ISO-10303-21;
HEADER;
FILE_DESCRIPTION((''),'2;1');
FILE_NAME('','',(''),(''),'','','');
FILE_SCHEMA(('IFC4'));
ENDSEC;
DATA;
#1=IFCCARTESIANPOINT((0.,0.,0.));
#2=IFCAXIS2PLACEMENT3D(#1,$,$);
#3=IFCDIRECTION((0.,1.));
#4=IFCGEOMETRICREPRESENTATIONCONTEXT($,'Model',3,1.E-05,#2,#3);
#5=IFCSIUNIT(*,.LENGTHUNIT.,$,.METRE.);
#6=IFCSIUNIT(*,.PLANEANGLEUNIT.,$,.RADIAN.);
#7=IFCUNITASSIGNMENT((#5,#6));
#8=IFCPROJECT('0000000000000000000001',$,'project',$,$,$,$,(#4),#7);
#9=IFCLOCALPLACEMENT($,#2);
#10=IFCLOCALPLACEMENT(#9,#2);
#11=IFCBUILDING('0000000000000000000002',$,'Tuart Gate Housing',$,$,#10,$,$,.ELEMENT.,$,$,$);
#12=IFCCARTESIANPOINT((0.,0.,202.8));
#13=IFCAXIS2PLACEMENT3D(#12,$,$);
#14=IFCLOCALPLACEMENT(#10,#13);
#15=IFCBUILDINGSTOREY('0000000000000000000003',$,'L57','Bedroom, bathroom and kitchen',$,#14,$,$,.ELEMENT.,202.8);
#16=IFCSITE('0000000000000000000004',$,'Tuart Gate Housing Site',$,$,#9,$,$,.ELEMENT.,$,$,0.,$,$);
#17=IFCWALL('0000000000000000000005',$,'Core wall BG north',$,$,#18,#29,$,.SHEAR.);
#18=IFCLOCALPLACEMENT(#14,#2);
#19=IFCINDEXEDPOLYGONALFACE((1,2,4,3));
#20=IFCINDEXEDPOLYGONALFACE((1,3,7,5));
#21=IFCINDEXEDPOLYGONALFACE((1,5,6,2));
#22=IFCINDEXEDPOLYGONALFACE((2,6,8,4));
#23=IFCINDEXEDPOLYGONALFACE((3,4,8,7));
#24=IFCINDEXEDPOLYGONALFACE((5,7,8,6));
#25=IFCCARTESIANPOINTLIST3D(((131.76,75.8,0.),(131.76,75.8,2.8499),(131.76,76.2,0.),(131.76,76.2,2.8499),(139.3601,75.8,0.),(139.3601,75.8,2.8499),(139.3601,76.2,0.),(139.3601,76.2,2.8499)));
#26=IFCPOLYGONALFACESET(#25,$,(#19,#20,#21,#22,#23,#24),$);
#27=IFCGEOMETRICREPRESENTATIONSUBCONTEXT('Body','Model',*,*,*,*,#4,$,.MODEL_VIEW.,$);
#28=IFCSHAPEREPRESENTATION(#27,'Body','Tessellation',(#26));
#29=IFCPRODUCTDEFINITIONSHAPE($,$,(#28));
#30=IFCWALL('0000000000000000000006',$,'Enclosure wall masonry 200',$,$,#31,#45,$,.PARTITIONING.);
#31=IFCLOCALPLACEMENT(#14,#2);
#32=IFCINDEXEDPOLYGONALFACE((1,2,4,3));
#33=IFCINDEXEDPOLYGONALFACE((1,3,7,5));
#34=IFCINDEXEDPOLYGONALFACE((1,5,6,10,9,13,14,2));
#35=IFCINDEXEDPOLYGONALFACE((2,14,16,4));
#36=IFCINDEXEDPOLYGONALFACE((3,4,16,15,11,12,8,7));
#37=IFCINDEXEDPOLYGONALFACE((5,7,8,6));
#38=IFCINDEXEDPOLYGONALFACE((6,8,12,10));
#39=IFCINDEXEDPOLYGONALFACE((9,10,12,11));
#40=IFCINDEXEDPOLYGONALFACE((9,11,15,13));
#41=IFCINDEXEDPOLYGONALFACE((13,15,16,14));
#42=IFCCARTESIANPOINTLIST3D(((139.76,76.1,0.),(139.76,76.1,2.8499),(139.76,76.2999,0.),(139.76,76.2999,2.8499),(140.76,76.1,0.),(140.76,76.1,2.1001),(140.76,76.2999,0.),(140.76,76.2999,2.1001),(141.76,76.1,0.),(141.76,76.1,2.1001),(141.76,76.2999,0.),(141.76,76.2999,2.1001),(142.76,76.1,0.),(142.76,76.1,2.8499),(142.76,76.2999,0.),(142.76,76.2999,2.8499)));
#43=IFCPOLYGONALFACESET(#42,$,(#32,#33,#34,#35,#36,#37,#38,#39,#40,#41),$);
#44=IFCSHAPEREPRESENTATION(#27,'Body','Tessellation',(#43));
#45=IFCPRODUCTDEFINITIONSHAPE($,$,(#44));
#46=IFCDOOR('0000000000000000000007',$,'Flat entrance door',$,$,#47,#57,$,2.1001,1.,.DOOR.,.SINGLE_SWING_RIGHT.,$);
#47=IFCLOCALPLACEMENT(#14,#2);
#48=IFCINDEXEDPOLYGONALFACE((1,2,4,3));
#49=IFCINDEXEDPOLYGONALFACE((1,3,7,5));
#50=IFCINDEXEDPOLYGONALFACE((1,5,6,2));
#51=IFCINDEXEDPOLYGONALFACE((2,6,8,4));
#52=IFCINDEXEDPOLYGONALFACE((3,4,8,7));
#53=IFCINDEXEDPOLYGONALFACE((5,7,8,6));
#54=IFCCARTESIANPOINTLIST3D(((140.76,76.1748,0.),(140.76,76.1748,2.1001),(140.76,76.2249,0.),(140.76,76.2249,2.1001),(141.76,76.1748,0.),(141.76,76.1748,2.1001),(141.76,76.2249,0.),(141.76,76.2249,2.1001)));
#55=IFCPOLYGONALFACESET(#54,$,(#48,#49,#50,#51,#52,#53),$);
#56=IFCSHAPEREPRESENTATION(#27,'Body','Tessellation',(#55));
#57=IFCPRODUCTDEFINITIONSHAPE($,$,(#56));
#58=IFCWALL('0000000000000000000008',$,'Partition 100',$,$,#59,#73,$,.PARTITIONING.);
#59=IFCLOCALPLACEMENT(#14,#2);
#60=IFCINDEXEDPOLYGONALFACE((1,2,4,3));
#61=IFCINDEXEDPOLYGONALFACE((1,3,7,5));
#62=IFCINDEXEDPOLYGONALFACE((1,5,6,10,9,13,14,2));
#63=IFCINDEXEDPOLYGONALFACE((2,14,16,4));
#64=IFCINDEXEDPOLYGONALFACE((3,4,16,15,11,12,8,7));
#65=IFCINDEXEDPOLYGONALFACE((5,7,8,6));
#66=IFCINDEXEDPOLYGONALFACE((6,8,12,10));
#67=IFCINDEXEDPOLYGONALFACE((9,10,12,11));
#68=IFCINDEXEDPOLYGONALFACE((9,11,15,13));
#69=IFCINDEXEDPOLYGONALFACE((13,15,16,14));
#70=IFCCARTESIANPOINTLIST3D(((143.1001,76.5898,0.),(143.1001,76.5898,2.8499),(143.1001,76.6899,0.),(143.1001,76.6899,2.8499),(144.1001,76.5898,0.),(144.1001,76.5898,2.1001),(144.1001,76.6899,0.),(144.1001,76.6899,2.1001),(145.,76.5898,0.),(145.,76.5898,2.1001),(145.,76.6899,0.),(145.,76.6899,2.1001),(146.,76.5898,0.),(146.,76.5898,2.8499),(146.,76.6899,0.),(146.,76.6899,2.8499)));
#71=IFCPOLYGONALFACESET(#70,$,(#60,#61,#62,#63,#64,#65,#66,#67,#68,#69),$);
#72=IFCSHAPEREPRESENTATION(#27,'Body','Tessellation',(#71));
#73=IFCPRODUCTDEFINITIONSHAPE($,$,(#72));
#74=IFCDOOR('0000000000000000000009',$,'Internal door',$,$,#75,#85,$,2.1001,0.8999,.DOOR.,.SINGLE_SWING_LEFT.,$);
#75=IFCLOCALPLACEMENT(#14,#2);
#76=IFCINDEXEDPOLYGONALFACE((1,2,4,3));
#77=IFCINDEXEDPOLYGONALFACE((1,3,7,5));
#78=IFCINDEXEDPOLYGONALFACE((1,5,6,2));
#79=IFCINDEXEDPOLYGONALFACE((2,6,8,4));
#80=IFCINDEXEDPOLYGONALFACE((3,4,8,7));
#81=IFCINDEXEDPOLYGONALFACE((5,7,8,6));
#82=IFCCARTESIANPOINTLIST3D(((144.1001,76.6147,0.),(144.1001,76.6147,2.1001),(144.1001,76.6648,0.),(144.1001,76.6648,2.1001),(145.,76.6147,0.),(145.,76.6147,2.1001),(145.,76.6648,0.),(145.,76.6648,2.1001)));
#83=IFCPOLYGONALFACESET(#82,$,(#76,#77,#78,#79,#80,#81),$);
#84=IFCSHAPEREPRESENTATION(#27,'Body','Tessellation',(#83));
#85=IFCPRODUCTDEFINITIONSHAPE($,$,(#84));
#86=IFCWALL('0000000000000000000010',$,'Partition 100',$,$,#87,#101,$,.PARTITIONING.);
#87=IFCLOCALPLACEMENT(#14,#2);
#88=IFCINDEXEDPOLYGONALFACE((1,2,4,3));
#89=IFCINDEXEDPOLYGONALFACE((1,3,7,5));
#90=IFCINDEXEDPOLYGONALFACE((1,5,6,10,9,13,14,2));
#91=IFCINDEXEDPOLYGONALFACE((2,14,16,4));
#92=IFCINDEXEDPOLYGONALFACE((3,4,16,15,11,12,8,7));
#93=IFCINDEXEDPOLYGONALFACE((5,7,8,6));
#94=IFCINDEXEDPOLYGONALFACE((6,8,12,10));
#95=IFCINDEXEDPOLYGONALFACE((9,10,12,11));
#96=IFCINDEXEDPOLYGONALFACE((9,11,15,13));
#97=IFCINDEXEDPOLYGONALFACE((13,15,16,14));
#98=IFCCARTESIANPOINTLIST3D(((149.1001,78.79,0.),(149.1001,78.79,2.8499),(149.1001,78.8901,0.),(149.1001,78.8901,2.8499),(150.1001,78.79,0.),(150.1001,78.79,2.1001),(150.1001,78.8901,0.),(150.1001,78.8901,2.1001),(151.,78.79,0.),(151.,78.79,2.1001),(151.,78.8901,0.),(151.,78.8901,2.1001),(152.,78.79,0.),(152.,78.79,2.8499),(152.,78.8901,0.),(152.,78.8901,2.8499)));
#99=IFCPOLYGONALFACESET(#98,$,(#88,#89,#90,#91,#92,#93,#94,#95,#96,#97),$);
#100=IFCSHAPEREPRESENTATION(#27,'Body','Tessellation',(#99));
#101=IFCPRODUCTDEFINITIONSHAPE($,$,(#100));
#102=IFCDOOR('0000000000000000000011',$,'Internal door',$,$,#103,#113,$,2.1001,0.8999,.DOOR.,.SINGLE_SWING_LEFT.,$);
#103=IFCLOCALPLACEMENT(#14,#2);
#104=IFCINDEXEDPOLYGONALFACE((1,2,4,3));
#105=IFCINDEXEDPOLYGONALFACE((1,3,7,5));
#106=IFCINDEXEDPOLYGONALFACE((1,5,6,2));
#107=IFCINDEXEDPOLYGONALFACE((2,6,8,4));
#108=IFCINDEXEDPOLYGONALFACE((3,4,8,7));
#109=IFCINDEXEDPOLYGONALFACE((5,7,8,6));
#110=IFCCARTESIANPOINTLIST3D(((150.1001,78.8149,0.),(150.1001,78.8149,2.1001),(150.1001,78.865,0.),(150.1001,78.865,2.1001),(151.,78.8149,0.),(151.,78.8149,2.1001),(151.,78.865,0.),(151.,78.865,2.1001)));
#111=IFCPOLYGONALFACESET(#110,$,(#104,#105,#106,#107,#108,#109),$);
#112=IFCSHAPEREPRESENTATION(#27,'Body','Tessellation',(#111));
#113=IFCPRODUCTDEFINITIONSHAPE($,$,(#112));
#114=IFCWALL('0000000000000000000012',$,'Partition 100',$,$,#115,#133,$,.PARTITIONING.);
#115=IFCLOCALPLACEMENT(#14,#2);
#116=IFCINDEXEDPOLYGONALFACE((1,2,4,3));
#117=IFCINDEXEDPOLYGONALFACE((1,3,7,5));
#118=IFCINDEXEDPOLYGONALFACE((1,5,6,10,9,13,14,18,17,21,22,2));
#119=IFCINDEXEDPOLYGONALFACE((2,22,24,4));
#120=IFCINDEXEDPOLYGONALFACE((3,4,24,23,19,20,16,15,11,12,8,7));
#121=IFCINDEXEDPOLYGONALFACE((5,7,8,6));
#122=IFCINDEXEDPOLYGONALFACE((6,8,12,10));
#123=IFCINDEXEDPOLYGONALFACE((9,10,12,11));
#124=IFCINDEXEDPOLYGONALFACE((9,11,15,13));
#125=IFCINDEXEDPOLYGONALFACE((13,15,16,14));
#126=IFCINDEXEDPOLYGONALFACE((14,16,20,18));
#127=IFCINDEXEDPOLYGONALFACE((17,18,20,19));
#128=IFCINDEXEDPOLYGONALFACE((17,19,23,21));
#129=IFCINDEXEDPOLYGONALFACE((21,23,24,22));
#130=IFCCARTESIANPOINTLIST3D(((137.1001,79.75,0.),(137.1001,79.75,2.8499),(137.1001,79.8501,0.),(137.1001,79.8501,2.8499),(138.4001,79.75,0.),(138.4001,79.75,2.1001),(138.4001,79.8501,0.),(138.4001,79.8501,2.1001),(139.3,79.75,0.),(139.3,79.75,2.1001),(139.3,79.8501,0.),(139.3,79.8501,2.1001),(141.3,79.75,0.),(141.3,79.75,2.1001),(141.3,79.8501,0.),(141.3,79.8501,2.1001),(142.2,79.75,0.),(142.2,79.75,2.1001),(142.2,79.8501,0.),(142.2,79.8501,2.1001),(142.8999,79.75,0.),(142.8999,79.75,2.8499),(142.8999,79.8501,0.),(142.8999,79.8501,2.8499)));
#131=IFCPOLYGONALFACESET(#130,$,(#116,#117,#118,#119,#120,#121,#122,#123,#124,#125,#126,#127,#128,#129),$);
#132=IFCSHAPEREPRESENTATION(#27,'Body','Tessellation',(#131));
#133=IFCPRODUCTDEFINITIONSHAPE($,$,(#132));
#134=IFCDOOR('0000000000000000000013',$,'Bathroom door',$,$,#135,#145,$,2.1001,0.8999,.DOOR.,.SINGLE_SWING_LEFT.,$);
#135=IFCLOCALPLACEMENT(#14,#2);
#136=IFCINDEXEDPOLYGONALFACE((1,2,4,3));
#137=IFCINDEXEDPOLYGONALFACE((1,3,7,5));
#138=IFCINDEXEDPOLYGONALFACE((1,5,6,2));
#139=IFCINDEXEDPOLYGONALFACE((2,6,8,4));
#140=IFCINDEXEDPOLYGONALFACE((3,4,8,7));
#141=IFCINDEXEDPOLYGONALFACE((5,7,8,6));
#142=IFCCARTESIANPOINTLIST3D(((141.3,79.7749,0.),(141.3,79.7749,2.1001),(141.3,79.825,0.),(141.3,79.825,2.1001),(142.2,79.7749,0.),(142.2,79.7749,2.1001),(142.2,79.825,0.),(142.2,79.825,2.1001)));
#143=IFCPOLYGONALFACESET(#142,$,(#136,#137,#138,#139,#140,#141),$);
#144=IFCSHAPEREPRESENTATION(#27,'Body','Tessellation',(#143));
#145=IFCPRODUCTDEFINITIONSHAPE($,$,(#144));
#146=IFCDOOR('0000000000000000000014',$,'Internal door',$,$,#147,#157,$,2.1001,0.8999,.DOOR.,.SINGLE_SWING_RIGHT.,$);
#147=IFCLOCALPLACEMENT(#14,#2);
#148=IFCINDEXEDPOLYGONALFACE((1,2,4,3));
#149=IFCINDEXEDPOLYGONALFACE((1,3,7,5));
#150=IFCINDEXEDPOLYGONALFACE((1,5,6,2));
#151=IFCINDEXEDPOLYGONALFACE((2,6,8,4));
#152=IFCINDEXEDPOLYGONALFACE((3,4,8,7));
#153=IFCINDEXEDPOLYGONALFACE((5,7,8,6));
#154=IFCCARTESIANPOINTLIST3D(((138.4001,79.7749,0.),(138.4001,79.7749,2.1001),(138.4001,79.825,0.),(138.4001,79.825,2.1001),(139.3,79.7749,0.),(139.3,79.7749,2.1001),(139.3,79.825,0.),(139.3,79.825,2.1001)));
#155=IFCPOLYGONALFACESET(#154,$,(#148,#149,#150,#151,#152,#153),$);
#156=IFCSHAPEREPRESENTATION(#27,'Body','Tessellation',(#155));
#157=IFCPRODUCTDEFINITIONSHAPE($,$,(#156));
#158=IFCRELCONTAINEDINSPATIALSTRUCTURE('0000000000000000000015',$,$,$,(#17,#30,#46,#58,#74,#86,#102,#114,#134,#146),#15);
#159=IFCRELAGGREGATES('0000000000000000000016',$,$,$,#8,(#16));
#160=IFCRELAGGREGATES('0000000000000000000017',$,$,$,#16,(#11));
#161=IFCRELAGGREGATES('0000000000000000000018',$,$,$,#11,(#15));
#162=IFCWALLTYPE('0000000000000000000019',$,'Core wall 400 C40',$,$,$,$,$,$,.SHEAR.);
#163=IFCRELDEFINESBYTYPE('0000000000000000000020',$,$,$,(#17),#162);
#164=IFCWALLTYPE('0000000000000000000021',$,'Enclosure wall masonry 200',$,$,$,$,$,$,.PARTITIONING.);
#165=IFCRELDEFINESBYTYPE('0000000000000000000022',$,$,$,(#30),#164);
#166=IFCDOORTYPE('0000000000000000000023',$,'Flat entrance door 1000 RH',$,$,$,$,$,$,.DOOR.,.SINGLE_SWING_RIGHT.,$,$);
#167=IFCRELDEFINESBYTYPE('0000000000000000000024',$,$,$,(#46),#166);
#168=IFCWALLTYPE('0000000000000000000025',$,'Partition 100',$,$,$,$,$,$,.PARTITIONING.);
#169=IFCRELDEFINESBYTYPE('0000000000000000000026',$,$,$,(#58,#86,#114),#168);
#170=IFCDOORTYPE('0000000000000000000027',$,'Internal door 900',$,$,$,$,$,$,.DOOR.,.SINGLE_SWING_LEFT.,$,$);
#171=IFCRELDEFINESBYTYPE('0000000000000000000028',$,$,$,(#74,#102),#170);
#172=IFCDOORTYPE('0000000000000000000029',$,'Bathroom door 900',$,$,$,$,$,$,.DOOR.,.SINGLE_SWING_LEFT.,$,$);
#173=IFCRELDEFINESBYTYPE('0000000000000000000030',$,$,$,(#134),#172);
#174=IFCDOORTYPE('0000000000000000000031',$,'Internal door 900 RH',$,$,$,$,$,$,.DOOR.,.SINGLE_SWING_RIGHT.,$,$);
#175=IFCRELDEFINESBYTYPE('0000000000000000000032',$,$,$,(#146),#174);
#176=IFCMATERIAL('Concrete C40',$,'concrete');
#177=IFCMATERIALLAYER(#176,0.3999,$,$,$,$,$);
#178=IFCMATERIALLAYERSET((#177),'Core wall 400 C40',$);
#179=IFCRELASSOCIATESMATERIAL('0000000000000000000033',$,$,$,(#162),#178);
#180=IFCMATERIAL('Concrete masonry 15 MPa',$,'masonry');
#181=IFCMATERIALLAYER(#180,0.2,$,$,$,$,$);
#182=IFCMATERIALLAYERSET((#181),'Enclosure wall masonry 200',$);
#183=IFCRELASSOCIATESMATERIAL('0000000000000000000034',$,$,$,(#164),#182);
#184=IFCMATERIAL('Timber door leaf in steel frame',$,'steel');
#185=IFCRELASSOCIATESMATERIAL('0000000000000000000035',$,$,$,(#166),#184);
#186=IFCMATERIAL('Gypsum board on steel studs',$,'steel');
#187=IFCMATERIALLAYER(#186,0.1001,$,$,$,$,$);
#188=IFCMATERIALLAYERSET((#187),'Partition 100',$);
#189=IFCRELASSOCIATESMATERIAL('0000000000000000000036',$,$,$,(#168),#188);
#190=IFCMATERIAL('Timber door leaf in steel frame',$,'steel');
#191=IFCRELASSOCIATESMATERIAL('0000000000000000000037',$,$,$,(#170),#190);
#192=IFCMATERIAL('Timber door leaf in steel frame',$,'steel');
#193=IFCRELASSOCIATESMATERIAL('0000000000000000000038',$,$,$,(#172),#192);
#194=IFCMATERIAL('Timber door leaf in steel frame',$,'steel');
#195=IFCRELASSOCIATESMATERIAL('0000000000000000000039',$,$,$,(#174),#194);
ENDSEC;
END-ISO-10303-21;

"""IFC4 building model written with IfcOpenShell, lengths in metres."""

from ifc_helpers import new_model, si_unit, direction, frame, frame_2d, origin, place, context, subcontext, project, spatial, rectangle, extrude, material, layer, layer_set, type_object, element, fill, save


model = new_model("IFC4")

# Units and contexts
model_context = context("Model", 3, precision=1e-05, world=origin(), true_north=direction((0.0, 1.0)))
body_context = subcontext(model_context, "Body", "Model", "MODEL_VIEW")
ifc_project = project(units=[si_unit("LENGTHUNIT", "METRE"), si_unit("PLANEANGLEUNIT", "RADIAN")], contexts=[model_context])

# Site, building, storey
site_placement = place(None, origin())
site = spatial("IfcSite", under=ifc_project, at=site_placement, Name="Tuart Gate Housing Site", CompositionType="ELEMENT", RefElevation=0.0)
building_placement = place(site_placement, origin())
building = spatial("IfcBuilding", under=site, at=building_placement, Name="Tuart Gate Housing", CompositionType="ELEMENT")
storey_placement = place(building_placement, frame((0.0, 0.0, 202.8)))
storey = spatial("IfcBuildingStorey", under=building, at=storey_placement, Name="L57", Description="Bedroom, bathroom and kitchen", CompositionType="ELEMENT", Elevation=202.8)

# Wall
ifc_material_1 = material(Name="Concrete C40", Category="concrete")
ifc_layer_1 = layer(ifc_material_1, 0.3999)
ifc_layer_set_1 = layer_set([ifc_layer_1], Name="Core wall 400 C40")
wall_type_1 = type_object("IfcWallType", Name="Core wall 400 C40", PredefinedType="SHEAR", material=ifc_layer_set_1)
wall_1_placement = place(storey_placement, frame((139.3601, 76.0, 0.0), z_axis=(0.0, 0.0, 1.0), x_axis=(-1.0, 0.0, 0.0)))
element("IfcWall", 1, at=wall_1_placement, inside=storey, type_object=wall_type_1, Name="Core wall BG north", PredefinedType="SHEAR", context=body_context, shape_type="SweptSolid", body=[
    extrude(rectangle(XDim=7.6001, YDim=0.3999, at=frame_2d((3.8, 0.0))), origin(), (0.0, 0.0, 1.0), 2.8499),
])

# Walls, openings, doors
ifc_material_2 = material(Name="Concrete masonry 15 MPa", Category="masonry")
ifc_layer_2 = layer(ifc_material_2, 0.2)
ifc_layer_set_2 = layer_set([ifc_layer_2], Name="Enclosure wall masonry 200")
wall_type_2 = type_object("IfcWallType", Name="Enclosure wall masonry 200", PredefinedType="PARTITIONING", material=ifc_layer_set_2)
wall_2_placement = place(storey_placement, frame((139.76, 76.2, 0.0), z_axis=(0.0, 0.0, 1.0), x_axis=(1.0, 0.0, 0.0)))
wall_2 = element("IfcWall", 2, at=wall_2_placement, inside=storey, type_object=wall_type_2, Name="Enclosure wall masonry 200", PredefinedType="PARTITIONING", context=body_context, shape_type="SweptSolid", body=[
    extrude(rectangle(XDim=3.0, YDim=0.2, at=frame_2d((1.5, 0.0))), origin(), (0.0, 0.0, 1.0), 2.8499),
])
opening_1_placement = place(wall_2_placement, frame((1.0, 0.0, 0.0)))
opening_1 = element("IfcOpeningElement", 3, at=opening_1_placement, cuts=wall_2, PredefinedType="OPENING", context=body_context, shape_type="SweptSolid", body=[
    extrude(rectangle(XDim=1.0, YDim=2.1001, at=frame_2d((0.5, 1.05))), frame((0.0, 0.1099, 0.0), z_axis=(0.0, -1.0, 0.0), x_axis=(1.0, 0.0, 0.0)), (0.0, 0.0, 1.0), 0.22),
])
ifc_material_3 = material(Name="Timber door leaf in steel frame", Category="steel")
door_type_1 = type_object("IfcDoorType", Name="Flat entrance door 1000 RH", OperationType="SINGLE_SWING_RIGHT", PredefinedType="DOOR", material=ifc_material_3)
door_1_placement = place(opening_1_placement, origin())
door_1 = element("IfcDoor", 4, at=door_1_placement, inside=storey, type_object=door_type_1, Name="Flat entrance door", OperationType="SINGLE_SWING_RIGHT", OverallHeight=2.1001, OverallWidth=1.0, PredefinedType="DOOR", context=body_context, shape_type="SweptSolid", body=[
    extrude(rectangle(XDim=1.0, YDim=2.1001, at=frame_2d((0.5, 1.05))), frame((0.0, 0.0249, 0.0), z_axis=(0.0, -1.0, 0.0), x_axis=(1.0, 0.0, 0.0)), (0.0, 0.0, 1.0), 0.05),
])
fill(opening_1, door_1)
ifc_material_4 = material(Name="Gypsum board on steel studs", Category="steel")
ifc_layer_3 = layer(ifc_material_4, 0.1001)
ifc_layer_set_3 = layer_set([ifc_layer_3], Name="Partition 100")
wall_type_3 = type_object("IfcWallType", Name="Partition 100", PredefinedType="PARTITIONING", material=ifc_layer_set_3)
wall_3_placement = place(storey_placement, frame((143.1001, 76.6399, 0.0), z_axis=(0.0, 0.0, 1.0), x_axis=(1.0, 0.0, 0.0)))
wall_3 = element("IfcWall", 5, at=wall_3_placement, inside=storey, type_object=wall_type_3, Name="Partition 100", PredefinedType="PARTITIONING", context=body_context, shape_type="SweptSolid", body=[
    extrude(rectangle(XDim=2.8999, YDim=0.1001, at=frame_2d((1.45, 0.0))), origin(), (0.0, 0.0, 1.0), 2.8499),
])
opening_2_placement = place(wall_3_placement, frame((1.0, 0.0, 0.0)))
opening_2 = element("IfcOpeningElement", 6, at=opening_2_placement, cuts=wall_3, PredefinedType="OPENING", context=body_context, shape_type="SweptSolid", body=[
    extrude(rectangle(XDim=0.8999, YDim=2.1001, at=frame_2d((0.45, 1.05))), frame((0.0, 0.0601, 0.0), z_axis=(0.0, -1.0, 0.0), x_axis=(1.0, 0.0, 0.0)), (0.0, 0.0, 1.0), 0.1201),
])
ifc_material_5 = material(Name="Timber door leaf in steel frame", Category="steel")
door_type_2 = type_object("IfcDoorType", Name="Internal door 900", OperationType="SINGLE_SWING_LEFT", PredefinedType="DOOR", material=ifc_material_5)
door_2_placement = place(opening_2_placement, frame((0.8999, 0.0, 0.0), z_axis=(0.0, 0.0, 1.0), x_axis=(-1.0, 0.0, 0.0)))
door_2 = element("IfcDoor", 7, at=door_2_placement, inside=storey, type_object=door_type_2, Name="Internal door", OperationType="SINGLE_SWING_LEFT", OverallHeight=2.1001, OverallWidth=0.8999, PredefinedType="DOOR", context=body_context, shape_type="SweptSolid", body=[
    extrude(rectangle(XDim=0.8999, YDim=2.1001, at=frame_2d((0.45, 1.05))), frame((0.0, 0.0251, 0.0), z_axis=(0.0, -1.0, 0.0), x_axis=(1.0, 0.0, 0.0)), (0.0, 0.0, 1.0), 0.05),
])
fill(opening_2, door_2)
wall_4_placement = place(storey_placement, frame((149.1001, 78.8401, 0.0), z_axis=(0.0, 0.0, 1.0), x_axis=(1.0, 0.0, 0.0)))
wall_4 = element("IfcWall", 8, at=wall_4_placement, inside=storey, type_object=wall_type_3, Name="Partition 100", PredefinedType="PARTITIONING", context=body_context, shape_type="SweptSolid", body=[
    extrude(rectangle(XDim=2.8999, YDim=0.1001, at=frame_2d((1.45, 0.0))), origin(), (0.0, 0.0, 1.0), 2.8499),
])
opening_3_placement = place(wall_4_placement, frame((1.0, 0.0, 0.0)))
opening_3 = element("IfcOpeningElement", 9, at=opening_3_placement, cuts=wall_4, PredefinedType="OPENING", context=body_context, shape_type="SweptSolid", body=[
    extrude(rectangle(XDim=0.8999, YDim=2.1001, at=frame_2d((0.45, 1.05))), frame((0.0, 0.0601, 0.0), z_axis=(0.0, -1.0, 0.0), x_axis=(1.0, 0.0, 0.0)), (0.0, 0.0, 1.0), 0.1201),
])
door_3_placement = place(opening_3_placement, frame((0.8999, 0.0, 0.0), z_axis=(0.0, 0.0, 1.0), x_axis=(-1.0, 0.0, 0.0)))
door_3 = element("IfcDoor", 10, at=door_3_placement, inside=storey, type_object=door_type_2, Name="Internal door", OperationType="SINGLE_SWING_LEFT", OverallHeight=2.1001, OverallWidth=0.8999, PredefinedType="DOOR", context=body_context, shape_type="SweptSolid", body=[
    extrude(rectangle(XDim=0.8999, YDim=2.1001, at=frame_2d((0.45, 1.05))), frame((0.0, 0.0251, 0.0), z_axis=(0.0, -1.0, 0.0), x_axis=(1.0, 0.0, 0.0)), (0.0, 0.0, 1.0), 0.05),
])
fill(opening_3, door_3)

# Wall, openings, doors
wall_5_placement = place(storey_placement, frame((137.1001, 79.8, 0.0), z_axis=(0.0, 0.0, 1.0), x_axis=(1.0, 0.0, 0.0)))
wall_5 = element("IfcWall", 11, at=wall_5_placement, inside=storey, type_object=wall_type_3, Name="Partition 100", PredefinedType="PARTITIONING", context=body_context, shape_type="SweptSolid", body=[
    extrude(rectangle(XDim=5.7998, YDim=0.1001, at=frame_2d((2.8999, 0.0))), origin(), (0.0, 0.0, 1.0), 2.8499),
])
opening_4_placement = place(wall_5_placement, frame((1.3, 0.0, 0.0)))
opening_4 = element("IfcOpeningElement", 12, at=opening_4_placement, cuts=wall_5, PredefinedType="OPENING", context=body_context, shape_type="SweptSolid", body=[
    extrude(rectangle(XDim=0.8999, YDim=2.1001, at=frame_2d((0.45, 1.05))), frame((0.0, 0.0601, 0.0), z_axis=(0.0, -1.0, 0.0), x_axis=(1.0, 0.0, 0.0)), (0.0, 0.0, 1.0), 0.1201),
])
opening_5_placement = place(wall_5_placement, frame((4.2, 0.0, 0.0)))
opening_5 = element("IfcOpeningElement", 13, at=opening_5_placement, cuts=wall_5, PredefinedType="OPENING", context=body_context, shape_type="SweptSolid", body=[
    extrude(rectangle(XDim=0.8999, YDim=2.1001, at=frame_2d((0.45, 1.05))), frame((0.0, 0.0601, 0.0), z_axis=(0.0, -1.0, 0.0), x_axis=(1.0, 0.0, 0.0)), (0.0, 0.0, 1.0), 0.1201),
])
ifc_material_6 = material(Name="Timber door leaf in steel frame", Category="steel")
door_type_3 = type_object("IfcDoorType", Name="Bathroom door 900", OperationType="SINGLE_SWING_LEFT", PredefinedType="DOOR", material=ifc_material_6)
door_4_placement = place(opening_5_placement, origin())
door_4 = element("IfcDoor", 14, at=door_4_placement, inside=storey, type_object=door_type_3, Name="Bathroom door", OperationType="SINGLE_SWING_LEFT", OverallHeight=2.1001, OverallWidth=0.8999, PredefinedType="DOOR", context=body_context, shape_type="SweptSolid", body=[
    extrude(rectangle(XDim=0.8999, YDim=2.1001, at=frame_2d((0.45, 1.05))), frame((0.0, 0.0249, 0.0), z_axis=(0.0, -1.0, 0.0), x_axis=(1.0, 0.0, 0.0)), (0.0, 0.0, 1.0), 0.05),
])
fill(opening_5, door_4)
ifc_material_7 = material(Name="Timber door leaf in steel frame", Category="steel")
door_type_4 = type_object("IfcDoorType", Name="Internal door 900 RH", OperationType="SINGLE_SWING_RIGHT", PredefinedType="DOOR", material=ifc_material_7)
door_5_placement = place(opening_4_placement, frame((0.8999, 0.0, 0.0), z_axis=(0.0, 0.0, 1.0), x_axis=(-1.0, 0.0, 0.0)))
door_5 = element("IfcDoor", 15, at=door_5_placement, inside=storey, type_object=door_type_4, Name="Internal door", OperationType="SINGLE_SWING_RIGHT", OverallHeight=2.1001, OverallWidth=0.8999, PredefinedType="DOOR", context=body_context, shape_type="SweptSolid", body=[
    extrude(rectangle(XDim=0.8999, YDim=2.1001, at=frame_2d((0.45, 1.05))), frame((0.0, 0.0251, 0.0), z_axis=(0.0, -1.0, 0.0), x_axis=(1.0, 0.0, 0.0)), (0.0, 0.0, 1.0), 0.05),
])
fill(opening_4, door_5)

save(model, "model.ifc")
